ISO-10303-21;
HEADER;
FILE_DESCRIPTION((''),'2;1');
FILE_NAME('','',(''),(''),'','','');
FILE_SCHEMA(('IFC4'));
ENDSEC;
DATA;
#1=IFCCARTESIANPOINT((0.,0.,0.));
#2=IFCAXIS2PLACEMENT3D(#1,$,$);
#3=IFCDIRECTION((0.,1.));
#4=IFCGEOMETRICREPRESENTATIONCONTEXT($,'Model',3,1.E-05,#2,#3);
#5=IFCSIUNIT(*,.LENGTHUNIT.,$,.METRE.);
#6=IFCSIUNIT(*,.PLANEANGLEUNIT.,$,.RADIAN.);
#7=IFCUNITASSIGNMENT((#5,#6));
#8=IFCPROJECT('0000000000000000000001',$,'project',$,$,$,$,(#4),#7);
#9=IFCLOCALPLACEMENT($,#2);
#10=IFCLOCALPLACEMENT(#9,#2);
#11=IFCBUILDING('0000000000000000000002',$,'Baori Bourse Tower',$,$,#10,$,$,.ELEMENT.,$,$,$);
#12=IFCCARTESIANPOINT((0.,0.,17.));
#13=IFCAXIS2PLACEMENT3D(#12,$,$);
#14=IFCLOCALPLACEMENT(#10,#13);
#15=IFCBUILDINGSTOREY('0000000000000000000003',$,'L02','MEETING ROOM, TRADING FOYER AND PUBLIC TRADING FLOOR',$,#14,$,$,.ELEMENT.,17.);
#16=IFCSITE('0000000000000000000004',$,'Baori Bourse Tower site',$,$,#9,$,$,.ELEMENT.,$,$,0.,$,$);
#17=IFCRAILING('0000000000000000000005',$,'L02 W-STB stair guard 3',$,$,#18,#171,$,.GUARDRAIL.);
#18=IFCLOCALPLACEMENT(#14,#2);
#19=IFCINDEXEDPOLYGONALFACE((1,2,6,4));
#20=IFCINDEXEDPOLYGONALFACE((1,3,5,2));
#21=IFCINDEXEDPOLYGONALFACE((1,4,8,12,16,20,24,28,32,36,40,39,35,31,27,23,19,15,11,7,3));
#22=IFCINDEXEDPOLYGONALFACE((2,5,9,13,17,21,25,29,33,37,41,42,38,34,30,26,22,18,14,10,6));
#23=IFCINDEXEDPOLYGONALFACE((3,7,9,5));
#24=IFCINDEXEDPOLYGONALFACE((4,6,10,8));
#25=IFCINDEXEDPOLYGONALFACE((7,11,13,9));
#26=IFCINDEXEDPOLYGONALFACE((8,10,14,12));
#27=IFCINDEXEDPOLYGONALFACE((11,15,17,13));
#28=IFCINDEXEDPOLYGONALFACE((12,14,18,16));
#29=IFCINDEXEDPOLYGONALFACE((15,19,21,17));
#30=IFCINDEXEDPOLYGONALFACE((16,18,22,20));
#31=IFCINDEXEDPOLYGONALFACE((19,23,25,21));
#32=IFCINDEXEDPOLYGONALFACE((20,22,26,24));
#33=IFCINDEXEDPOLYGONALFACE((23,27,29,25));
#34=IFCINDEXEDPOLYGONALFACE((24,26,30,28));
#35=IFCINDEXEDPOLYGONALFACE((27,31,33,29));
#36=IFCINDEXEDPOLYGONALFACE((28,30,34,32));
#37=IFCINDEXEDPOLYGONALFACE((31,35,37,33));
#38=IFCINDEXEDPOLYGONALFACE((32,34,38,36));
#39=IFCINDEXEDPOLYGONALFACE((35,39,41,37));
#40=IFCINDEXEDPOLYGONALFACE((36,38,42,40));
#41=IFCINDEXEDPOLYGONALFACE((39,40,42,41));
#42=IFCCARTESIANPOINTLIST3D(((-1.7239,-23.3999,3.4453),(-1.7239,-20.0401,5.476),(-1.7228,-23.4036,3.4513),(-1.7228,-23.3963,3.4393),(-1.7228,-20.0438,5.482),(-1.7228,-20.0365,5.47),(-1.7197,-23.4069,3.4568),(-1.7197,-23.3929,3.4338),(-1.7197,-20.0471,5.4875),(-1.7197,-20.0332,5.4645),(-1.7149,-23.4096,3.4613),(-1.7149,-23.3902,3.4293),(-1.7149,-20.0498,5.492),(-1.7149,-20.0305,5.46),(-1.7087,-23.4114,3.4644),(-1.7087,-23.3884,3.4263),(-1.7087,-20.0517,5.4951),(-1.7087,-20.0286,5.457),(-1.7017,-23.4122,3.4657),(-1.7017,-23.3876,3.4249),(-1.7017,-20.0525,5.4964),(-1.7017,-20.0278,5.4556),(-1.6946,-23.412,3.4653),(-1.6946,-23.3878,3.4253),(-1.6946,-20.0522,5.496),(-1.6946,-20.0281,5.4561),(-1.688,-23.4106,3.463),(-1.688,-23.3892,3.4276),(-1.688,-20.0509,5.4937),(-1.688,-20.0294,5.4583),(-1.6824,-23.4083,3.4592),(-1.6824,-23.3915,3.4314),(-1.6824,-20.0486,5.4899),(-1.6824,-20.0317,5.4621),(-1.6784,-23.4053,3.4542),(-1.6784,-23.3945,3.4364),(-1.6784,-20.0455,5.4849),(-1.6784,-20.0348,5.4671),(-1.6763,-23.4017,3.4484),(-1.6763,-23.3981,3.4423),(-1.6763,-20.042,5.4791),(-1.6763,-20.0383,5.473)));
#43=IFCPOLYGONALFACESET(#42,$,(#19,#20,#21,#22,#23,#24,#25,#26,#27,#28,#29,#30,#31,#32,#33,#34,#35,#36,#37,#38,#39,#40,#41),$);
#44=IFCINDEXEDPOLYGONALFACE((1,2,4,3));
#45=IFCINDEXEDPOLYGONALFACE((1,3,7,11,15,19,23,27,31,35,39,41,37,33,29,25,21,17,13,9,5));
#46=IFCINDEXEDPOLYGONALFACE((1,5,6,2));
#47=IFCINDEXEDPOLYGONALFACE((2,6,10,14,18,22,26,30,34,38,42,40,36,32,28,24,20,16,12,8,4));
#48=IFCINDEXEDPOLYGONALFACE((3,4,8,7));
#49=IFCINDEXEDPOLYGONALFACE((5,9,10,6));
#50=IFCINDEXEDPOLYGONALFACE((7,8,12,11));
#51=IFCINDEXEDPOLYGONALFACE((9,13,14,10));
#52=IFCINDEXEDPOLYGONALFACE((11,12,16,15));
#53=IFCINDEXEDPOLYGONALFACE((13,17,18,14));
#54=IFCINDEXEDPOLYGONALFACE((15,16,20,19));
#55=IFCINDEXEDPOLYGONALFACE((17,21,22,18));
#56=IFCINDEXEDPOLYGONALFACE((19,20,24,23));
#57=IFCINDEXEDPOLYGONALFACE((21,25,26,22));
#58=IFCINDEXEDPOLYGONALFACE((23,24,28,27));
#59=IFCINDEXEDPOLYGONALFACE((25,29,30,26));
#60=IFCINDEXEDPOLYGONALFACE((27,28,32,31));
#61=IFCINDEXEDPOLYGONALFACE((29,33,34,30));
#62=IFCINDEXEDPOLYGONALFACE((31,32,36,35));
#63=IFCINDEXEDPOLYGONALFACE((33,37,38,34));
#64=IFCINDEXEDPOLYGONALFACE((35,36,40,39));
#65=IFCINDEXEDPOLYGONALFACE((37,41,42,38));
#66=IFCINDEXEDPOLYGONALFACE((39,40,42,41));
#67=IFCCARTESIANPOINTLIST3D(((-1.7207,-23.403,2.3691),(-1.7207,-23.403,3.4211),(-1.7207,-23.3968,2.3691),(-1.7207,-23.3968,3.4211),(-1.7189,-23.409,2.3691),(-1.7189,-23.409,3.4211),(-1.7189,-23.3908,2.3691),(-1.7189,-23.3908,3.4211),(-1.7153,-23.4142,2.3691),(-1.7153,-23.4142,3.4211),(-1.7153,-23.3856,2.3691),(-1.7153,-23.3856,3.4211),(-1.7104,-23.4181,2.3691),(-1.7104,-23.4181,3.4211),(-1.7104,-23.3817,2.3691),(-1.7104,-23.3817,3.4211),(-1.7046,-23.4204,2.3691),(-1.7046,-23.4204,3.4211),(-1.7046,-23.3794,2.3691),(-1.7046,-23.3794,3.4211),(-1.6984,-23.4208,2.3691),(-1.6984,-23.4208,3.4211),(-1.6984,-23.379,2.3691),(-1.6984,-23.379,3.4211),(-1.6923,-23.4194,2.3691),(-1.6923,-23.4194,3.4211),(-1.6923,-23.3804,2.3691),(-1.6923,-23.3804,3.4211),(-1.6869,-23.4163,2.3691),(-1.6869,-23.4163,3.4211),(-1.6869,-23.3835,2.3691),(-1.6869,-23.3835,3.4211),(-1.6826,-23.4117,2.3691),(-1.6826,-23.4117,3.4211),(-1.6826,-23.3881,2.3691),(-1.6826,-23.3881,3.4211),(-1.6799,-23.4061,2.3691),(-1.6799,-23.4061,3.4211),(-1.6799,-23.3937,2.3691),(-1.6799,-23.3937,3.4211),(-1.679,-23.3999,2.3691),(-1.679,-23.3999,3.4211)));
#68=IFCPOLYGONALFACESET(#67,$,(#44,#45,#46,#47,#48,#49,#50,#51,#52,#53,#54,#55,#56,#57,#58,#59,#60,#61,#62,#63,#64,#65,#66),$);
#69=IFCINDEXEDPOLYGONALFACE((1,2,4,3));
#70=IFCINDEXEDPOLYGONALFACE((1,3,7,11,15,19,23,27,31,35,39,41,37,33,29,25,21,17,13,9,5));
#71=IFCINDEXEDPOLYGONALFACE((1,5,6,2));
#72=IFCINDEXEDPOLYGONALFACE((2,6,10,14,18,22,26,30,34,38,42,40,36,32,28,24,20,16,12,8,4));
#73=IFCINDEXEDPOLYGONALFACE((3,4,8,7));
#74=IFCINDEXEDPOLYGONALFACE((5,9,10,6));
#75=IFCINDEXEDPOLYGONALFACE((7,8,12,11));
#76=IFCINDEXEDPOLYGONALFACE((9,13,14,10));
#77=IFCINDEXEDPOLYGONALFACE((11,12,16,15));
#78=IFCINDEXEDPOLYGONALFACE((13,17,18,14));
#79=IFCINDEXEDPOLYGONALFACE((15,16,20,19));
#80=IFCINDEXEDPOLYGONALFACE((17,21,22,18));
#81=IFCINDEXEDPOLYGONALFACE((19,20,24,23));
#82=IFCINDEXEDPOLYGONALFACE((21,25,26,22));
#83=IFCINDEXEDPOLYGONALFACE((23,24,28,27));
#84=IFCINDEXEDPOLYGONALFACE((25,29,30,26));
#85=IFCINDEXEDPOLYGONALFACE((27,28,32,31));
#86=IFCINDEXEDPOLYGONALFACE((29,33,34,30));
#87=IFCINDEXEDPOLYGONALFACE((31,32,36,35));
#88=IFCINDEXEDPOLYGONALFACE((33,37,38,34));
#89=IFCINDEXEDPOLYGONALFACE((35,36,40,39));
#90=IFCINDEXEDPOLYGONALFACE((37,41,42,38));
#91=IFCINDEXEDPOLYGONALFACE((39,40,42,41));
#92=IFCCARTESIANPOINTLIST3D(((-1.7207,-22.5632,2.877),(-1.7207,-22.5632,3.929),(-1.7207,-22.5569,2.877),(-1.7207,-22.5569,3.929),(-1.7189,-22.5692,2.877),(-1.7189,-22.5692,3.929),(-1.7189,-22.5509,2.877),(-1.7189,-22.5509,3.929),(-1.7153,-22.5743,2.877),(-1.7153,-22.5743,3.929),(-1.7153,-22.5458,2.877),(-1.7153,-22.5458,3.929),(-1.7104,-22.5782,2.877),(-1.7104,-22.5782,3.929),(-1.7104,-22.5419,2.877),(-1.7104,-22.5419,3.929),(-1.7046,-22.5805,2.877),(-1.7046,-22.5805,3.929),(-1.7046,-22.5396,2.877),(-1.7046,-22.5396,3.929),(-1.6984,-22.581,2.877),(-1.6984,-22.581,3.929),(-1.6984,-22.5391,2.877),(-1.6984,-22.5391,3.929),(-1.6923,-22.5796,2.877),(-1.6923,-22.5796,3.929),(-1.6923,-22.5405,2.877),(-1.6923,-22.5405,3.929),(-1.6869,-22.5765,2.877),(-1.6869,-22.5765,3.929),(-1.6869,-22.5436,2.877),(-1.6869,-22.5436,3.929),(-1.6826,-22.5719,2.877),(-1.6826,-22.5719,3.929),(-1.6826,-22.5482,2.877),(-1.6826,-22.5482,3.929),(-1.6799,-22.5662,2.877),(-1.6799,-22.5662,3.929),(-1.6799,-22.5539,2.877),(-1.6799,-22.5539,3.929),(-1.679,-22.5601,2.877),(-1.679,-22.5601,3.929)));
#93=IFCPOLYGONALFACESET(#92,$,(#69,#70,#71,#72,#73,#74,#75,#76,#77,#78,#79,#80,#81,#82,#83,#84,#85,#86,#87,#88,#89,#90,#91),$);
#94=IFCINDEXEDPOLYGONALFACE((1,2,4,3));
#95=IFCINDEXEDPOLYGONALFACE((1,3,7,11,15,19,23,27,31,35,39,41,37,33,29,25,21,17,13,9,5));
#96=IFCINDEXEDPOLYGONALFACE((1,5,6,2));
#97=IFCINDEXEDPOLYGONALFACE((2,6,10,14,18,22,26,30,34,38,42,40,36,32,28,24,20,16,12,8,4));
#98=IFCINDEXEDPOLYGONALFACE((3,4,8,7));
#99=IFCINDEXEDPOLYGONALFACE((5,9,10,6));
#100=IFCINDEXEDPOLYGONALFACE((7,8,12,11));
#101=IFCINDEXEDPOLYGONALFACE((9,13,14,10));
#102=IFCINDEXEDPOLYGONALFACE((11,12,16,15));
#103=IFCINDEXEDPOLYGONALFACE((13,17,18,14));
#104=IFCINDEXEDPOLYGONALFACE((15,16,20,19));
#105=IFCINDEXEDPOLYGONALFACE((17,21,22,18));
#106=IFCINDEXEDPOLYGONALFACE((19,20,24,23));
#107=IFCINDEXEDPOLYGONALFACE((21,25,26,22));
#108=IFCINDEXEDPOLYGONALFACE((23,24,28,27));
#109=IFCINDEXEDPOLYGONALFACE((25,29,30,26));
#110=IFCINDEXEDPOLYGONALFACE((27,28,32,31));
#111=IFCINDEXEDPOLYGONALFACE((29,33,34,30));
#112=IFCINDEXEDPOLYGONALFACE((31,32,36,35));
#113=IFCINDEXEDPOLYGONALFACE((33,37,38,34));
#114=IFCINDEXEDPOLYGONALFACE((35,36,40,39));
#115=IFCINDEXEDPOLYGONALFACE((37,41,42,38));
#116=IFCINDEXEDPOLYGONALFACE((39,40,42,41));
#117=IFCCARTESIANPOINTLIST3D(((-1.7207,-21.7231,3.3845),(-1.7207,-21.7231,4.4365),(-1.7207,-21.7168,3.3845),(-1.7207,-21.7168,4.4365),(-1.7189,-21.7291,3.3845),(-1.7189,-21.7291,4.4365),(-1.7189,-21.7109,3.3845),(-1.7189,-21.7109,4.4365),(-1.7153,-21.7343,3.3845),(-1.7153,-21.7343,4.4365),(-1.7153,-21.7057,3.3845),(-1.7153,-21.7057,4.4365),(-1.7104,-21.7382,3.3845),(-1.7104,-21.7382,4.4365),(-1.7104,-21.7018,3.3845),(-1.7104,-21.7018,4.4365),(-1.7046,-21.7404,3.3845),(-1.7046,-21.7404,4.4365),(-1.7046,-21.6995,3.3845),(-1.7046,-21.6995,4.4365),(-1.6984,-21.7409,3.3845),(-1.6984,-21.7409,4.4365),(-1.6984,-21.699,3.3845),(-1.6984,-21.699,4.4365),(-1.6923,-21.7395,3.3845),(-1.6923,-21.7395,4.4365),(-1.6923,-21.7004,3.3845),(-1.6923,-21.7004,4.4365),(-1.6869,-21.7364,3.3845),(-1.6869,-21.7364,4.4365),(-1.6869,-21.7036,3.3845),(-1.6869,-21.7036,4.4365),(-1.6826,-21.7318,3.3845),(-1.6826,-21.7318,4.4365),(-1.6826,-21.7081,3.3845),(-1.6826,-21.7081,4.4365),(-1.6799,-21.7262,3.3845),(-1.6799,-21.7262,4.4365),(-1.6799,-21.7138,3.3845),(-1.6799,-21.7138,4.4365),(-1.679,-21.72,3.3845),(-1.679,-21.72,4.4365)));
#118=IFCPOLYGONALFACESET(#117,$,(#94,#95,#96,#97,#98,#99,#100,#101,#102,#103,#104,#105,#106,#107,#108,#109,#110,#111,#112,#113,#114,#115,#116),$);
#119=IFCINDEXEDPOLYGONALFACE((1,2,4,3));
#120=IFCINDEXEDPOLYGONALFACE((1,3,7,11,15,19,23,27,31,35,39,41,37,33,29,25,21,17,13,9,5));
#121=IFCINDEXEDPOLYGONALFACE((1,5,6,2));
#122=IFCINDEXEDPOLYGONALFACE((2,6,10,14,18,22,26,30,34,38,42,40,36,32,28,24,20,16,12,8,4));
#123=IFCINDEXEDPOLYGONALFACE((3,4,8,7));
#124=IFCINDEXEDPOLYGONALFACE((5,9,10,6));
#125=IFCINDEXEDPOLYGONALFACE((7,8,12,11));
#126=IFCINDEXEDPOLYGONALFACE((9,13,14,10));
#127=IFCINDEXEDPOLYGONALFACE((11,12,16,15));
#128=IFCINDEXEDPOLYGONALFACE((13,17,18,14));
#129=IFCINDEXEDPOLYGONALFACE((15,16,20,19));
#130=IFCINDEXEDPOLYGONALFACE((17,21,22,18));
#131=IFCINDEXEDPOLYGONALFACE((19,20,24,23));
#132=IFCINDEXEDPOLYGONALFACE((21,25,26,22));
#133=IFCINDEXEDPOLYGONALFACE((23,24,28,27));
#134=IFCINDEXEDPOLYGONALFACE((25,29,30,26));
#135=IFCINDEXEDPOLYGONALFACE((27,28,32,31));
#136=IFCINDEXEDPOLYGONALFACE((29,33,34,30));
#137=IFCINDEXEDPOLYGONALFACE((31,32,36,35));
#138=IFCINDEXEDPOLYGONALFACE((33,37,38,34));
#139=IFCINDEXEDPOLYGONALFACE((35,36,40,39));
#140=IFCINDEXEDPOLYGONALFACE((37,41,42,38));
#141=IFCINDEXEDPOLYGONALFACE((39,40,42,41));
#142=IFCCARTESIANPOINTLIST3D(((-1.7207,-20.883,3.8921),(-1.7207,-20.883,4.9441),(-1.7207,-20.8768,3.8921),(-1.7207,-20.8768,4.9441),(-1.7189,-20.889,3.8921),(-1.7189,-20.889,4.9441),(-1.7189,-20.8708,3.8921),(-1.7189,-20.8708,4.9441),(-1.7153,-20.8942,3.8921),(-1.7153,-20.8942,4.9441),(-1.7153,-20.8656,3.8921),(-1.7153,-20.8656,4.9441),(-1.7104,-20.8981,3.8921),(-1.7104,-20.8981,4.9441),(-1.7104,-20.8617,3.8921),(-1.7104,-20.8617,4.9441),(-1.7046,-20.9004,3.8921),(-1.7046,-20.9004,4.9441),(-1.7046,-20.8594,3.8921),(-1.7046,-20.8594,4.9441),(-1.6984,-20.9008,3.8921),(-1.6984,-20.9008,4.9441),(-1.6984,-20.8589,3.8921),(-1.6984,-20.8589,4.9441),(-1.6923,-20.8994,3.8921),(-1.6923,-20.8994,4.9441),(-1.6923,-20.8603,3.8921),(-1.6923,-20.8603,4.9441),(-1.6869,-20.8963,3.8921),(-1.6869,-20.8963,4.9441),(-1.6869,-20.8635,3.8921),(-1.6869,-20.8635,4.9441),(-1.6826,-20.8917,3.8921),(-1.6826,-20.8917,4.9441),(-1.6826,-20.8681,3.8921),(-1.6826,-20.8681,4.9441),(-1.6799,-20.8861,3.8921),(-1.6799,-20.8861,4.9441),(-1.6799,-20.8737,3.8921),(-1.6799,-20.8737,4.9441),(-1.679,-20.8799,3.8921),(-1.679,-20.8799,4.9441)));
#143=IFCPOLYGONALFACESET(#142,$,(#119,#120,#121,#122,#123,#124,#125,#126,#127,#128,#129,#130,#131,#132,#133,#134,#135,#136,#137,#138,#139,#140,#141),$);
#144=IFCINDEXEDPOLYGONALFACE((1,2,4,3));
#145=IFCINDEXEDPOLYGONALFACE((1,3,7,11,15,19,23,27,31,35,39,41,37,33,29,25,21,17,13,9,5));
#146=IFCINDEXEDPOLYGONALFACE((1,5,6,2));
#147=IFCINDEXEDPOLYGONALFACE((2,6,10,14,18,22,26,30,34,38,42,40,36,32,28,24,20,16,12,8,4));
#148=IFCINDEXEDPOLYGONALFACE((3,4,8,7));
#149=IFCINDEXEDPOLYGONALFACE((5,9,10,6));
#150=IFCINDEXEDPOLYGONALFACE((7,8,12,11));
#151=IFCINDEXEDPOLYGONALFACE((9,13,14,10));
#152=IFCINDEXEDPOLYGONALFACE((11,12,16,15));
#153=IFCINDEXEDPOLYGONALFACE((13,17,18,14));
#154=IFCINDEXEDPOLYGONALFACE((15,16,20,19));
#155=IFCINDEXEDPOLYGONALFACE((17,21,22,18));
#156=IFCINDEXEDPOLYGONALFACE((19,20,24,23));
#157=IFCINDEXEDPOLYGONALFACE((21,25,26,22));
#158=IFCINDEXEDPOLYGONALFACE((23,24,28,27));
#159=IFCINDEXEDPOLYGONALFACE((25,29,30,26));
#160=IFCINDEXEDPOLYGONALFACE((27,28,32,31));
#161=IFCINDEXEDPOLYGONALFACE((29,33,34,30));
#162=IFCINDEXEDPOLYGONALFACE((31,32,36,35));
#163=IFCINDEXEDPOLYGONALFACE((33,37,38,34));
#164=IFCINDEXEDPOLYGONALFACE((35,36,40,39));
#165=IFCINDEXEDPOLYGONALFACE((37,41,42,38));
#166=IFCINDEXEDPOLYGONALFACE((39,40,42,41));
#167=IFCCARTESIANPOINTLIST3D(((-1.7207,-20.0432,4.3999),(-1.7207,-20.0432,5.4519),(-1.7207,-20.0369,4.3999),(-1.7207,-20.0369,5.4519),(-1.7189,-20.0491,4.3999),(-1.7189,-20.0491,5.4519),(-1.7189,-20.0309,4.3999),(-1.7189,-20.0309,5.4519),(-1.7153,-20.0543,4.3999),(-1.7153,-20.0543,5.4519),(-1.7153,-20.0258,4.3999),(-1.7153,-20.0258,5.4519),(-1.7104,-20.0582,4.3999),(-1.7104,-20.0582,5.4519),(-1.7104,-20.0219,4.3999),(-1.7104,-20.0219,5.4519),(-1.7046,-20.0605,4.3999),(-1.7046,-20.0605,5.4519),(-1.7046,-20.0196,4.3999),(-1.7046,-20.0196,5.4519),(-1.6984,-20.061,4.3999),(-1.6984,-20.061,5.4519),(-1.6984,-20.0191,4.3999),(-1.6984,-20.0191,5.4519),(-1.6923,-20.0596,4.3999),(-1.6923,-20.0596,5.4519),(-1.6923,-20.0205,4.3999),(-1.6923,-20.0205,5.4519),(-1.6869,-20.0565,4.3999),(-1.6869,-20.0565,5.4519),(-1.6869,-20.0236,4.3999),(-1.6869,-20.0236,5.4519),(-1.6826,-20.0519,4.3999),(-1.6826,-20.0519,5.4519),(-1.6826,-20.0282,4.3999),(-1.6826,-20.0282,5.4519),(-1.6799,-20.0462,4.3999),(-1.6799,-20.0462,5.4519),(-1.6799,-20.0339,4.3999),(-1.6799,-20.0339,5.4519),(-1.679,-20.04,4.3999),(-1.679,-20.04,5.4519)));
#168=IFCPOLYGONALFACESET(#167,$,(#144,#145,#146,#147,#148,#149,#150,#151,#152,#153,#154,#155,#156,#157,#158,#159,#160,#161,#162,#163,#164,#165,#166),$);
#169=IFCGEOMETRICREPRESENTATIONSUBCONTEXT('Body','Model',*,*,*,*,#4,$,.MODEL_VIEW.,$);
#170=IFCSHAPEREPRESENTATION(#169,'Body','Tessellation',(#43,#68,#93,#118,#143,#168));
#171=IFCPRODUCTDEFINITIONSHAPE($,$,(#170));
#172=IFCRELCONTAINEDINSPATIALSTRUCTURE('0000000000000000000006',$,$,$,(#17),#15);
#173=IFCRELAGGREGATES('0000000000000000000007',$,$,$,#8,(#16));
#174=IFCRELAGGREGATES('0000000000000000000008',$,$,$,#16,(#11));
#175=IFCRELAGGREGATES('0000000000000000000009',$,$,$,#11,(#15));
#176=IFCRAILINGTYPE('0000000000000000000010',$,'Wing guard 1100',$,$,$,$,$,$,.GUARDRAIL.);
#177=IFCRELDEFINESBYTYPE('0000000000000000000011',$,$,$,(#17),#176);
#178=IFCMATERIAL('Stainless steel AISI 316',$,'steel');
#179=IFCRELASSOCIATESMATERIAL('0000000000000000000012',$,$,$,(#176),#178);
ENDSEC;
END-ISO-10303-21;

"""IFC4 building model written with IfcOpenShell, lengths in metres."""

from ifc_helpers import new_model, si_unit, direction, frame, origin, origin_2d, place, context, subcontext, project, spatial, circle, extrude, material, type_object, element, save


model = new_model("IFC4")

# Units and contexts
model_context = context("Model", 3, precision=1e-05, world=origin(), true_north=direction((0.0, 1.0)))
body_context = subcontext(model_context, "Body", "Model", "MODEL_VIEW")
ifc_project = project(units=[si_unit("LENGTHUNIT", "METRE"), si_unit("PLANEANGLEUNIT", "RADIAN")], contexts=[model_context])

# Site, building, storey
site_placement = place(None, origin())
site = spatial("IfcSite", under=ifc_project, at=site_placement, Name="Baori Bourse Tower site", CompositionType="ELEMENT", RefElevation=0.0)
building_placement = place(site_placement, origin())
building = spatial("IfcBuilding", under=site, at=building_placement, Name="Baori Bourse Tower", CompositionType="ELEMENT")
storey_placement = place(building_placement, frame((0.0, 0.0, 17.0)))
storey = spatial("IfcBuildingStorey", under=building, at=storey_placement, Name="L02", Description="MEETING ROOM, TRADING FOYER AND PUBLIC TRADING FLOOR", CompositionType="ELEMENT", Elevation=17.0)

# Railing
ifc_material_1 = material(Name="Stainless steel AISI 316", Category="steel")
railing_type_1 = type_object("IfcRailingType", Name="Wing guard 1100", PredefinedType="GUARDRAIL", material=ifc_material_1)
railing_1_placement = place(storey_placement, frame((-1.7, -23.3999, 2.3691)))
element("IfcRailing", 1, at=railing_1_placement, inside=storey, type_object=railing_type_1, Name="L02 W-STB stair guard 3", PredefinedType="GUARDRAIL", context=body_context, shape_type="SweptSolid", body=[
    extrude(circle(Radius=0.0239, at=origin_2d()), frame((0.0, 0.0, 1.0762), z_axis=(0.0, 0.85582, 0.517273), x_axis=(-1.0, 0.0, 0.0)), (0.0, 0.0, 1.0), 3.9258),
    extrude(circle(Radius=0.021, at=origin_2d()), origin(), (0.0, 0.0, 1.0), 1.052),
    extrude(circle(Radius=0.021, at=origin_2d()), frame((0.0, 0.8398, 0.5078)), (0.0, 0.0, 1.0), 1.052),
    extrude(circle(Radius=0.021, at=origin_2d()), frame((0.0, 1.6799, 1.0154)), (0.0, 0.0, 1.0), 1.052),
    extrude(circle(Radius=0.021, at=origin_2d()), frame((0.0, 2.52, 1.5229)), (0.0, 0.0, 1.0), 1.052),
    extrude(circle(Radius=0.021, at=origin_2d()), frame((0.0, 3.3599, 2.0308)), (0.0, 0.0, 1.0), 1.052),
])

save(model, "model.ifc")
